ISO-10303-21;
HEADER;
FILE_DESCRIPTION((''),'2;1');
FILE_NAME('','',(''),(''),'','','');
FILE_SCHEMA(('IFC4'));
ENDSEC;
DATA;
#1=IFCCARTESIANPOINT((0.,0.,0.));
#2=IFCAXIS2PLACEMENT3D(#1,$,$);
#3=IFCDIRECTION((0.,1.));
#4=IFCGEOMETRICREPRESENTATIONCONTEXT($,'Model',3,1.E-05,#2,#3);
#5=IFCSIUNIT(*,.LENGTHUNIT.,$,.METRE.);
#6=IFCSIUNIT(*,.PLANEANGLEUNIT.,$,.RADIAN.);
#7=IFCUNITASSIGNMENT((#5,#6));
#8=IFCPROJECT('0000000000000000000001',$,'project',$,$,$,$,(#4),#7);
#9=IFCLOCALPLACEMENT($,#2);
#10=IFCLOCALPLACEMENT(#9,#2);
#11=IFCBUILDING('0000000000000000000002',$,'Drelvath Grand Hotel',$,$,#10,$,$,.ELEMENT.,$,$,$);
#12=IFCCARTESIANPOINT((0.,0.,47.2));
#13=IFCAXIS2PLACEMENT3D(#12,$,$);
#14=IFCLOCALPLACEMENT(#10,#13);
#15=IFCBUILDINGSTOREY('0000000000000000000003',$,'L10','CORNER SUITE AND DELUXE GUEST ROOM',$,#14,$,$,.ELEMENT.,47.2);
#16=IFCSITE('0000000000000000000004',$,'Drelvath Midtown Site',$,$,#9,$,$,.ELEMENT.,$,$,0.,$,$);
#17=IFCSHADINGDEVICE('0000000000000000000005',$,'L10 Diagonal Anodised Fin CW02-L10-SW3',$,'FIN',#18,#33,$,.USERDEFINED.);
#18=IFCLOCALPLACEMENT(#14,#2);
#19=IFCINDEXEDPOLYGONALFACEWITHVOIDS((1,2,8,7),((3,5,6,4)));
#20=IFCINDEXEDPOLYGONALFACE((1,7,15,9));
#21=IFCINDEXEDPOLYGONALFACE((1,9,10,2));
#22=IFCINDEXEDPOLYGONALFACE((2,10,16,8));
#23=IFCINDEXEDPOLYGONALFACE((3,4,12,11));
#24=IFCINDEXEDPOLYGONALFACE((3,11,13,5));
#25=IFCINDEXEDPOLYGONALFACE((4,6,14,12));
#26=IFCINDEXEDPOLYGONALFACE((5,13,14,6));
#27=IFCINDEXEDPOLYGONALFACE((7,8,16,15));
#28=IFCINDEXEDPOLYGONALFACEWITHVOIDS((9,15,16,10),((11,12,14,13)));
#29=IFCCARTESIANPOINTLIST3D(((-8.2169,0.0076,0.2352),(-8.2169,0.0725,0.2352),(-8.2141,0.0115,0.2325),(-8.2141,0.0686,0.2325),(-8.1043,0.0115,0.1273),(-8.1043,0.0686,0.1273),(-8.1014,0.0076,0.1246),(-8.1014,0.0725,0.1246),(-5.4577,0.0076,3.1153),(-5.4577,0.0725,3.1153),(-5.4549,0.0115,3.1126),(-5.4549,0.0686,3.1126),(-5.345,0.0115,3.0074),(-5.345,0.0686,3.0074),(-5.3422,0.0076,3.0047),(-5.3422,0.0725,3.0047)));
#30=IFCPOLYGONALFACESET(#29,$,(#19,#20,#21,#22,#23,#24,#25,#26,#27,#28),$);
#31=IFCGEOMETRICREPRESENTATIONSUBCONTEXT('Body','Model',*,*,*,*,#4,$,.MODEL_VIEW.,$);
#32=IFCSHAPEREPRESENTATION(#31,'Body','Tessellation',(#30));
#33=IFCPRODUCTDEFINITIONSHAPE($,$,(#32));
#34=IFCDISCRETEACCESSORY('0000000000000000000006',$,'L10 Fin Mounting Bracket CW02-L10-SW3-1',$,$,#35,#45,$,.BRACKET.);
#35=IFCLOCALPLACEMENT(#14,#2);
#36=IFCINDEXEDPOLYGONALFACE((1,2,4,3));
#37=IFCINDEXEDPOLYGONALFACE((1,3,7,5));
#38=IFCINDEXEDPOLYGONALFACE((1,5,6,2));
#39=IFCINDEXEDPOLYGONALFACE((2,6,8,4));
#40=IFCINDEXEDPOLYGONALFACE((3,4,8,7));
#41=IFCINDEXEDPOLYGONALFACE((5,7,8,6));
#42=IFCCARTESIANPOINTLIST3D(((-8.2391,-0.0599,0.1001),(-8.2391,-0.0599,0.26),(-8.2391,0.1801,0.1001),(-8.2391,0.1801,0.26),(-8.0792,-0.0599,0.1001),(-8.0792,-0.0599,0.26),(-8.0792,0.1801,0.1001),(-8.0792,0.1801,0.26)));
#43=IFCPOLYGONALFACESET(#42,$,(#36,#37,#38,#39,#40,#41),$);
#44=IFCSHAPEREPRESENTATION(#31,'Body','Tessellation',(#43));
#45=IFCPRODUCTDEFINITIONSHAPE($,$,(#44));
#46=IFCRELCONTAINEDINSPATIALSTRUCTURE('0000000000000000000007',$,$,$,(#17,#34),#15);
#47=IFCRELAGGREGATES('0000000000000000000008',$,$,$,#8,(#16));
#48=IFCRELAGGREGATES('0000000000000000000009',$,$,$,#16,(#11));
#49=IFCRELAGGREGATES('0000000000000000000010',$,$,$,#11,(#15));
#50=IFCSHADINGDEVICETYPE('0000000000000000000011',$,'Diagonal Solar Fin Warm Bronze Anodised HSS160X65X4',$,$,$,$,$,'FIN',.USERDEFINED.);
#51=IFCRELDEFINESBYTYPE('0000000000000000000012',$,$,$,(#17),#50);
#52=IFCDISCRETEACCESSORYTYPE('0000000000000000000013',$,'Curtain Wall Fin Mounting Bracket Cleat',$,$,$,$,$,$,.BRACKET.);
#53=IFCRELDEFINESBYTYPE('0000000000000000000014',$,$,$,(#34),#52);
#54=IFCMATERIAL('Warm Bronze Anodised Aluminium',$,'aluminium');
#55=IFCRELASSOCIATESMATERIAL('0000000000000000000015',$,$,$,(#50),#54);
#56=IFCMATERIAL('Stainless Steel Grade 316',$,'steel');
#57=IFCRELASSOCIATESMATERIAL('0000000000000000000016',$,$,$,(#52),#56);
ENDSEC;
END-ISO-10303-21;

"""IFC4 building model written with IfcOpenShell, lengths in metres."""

from ifc_helpers import new_model, si_unit, direction, frame, origin, origin_2d, place, context, subcontext, project, spatial, rectangle, hollow_rectangle, extrude, material, material_profile, profile_set, type_object, element, save


model = new_model("IFC4")

# Units and contexts
model_context = context("Model", 3, precision=1e-05, world=origin(), true_north=direction((0.0, 1.0)))
body_context = subcontext(model_context, "Body", "Model", "MODEL_VIEW")
ifc_project = project(units=[si_unit("LENGTHUNIT", "METRE"), si_unit("PLANEANGLEUNIT", "RADIAN")], contexts=[model_context])

# Site, building, storey
site_placement = place(None, origin())
site = spatial("IfcSite", under=ifc_project, at=site_placement, Name="Drelvath Midtown Site", CompositionType="ELEMENT", RefElevation=0.0)
building_placement = place(site_placement, origin())
building = spatial("IfcBuilding", under=site, at=building_placement, Name="Drelvath Grand Hotel", CompositionType="ELEMENT")
storey_placement = place(building_placement, frame((0.0, 0.0, 47.2)))
storey = spatial("IfcBuildingStorey", under=building, at=storey_placement, Name="L10", Description="CORNER SUITE AND DELUXE GUEST ROOM", CompositionType="ELEMENT", Elevation=47.2)

# Shading device
ifc_material_1 = material(Name="Warm Bronze Anodised Aluminium", Category="aluminium")
ifc_material_profile_1 = material_profile(ifc_material_1, hollow_rectangle(XDim=0.0649, YDim=0.1599, WallThickness=0.0039, at=origin_2d()), Name="HSS160X65X4")
ifc_profile_set_1 = profile_set([ifc_material_profile_1], Name="Warm Bronze Anodised Aluminium")
shading_device_type = type_object("IfcShadingDeviceType", Name="Diagonal Solar Fin Warm Bronze Anodised HSS160X65X4", ElementType="FIN", PredefinedType="USERDEFINED", material=ifc_profile_set_1)
shading_device_placement = place(storey_placement, frame((-8.1592, 0.04, 0.1799), z_axis=(0.691795, 0.0, 0.722094), x_axis=(0.0, 1.0, 0.0)))
element("IfcShadingDevice", 1, at=shading_device_placement, inside=storey, type_object=shading_device_type, Name="L10 Diagonal Anodised Fin CW02-L10-SW3", ObjectType="FIN", PredefinedType="USERDEFINED", context=body_context, shape_type="SweptSolid", body=[
    extrude(hollow_rectangle(XDim=0.0649, YDim=0.1599, WallThickness=0.0039, at=origin_2d()), origin(), (0.0, 0.0, 1.0), 3.9885),
])

# Discrete accessory
ifc_material_2 = material(Name="Stainless Steel Grade 316", Category="steel")
discrete_accessory_type = type_object("IfcDiscreteAccessoryType", Name="Curtain Wall Fin Mounting Bracket Cleat", PredefinedType="BRACKET", material=ifc_material_2)
discrete_accessory_placement = place(storey_placement, frame((-8.1592, 0.0601, 0.1001), z_axis=(0.0, 0.0, 1.0), x_axis=(-1.0, 0.0, 0.0)))
element("IfcDiscreteAccessory", 2, at=discrete_accessory_placement, inside=storey, type_object=discrete_accessory_type, Name="L10 Fin Mounting Bracket CW02-L10-SW3-1", PredefinedType="BRACKET", context=body_context, shape_type="SweptSolid", body=[
    extrude(rectangle(XDim=0.1599, YDim=0.24, at=origin_2d()), origin(), (0.0, 0.0, 1.0), 0.1599),
])

save(model, "model.ifc")
